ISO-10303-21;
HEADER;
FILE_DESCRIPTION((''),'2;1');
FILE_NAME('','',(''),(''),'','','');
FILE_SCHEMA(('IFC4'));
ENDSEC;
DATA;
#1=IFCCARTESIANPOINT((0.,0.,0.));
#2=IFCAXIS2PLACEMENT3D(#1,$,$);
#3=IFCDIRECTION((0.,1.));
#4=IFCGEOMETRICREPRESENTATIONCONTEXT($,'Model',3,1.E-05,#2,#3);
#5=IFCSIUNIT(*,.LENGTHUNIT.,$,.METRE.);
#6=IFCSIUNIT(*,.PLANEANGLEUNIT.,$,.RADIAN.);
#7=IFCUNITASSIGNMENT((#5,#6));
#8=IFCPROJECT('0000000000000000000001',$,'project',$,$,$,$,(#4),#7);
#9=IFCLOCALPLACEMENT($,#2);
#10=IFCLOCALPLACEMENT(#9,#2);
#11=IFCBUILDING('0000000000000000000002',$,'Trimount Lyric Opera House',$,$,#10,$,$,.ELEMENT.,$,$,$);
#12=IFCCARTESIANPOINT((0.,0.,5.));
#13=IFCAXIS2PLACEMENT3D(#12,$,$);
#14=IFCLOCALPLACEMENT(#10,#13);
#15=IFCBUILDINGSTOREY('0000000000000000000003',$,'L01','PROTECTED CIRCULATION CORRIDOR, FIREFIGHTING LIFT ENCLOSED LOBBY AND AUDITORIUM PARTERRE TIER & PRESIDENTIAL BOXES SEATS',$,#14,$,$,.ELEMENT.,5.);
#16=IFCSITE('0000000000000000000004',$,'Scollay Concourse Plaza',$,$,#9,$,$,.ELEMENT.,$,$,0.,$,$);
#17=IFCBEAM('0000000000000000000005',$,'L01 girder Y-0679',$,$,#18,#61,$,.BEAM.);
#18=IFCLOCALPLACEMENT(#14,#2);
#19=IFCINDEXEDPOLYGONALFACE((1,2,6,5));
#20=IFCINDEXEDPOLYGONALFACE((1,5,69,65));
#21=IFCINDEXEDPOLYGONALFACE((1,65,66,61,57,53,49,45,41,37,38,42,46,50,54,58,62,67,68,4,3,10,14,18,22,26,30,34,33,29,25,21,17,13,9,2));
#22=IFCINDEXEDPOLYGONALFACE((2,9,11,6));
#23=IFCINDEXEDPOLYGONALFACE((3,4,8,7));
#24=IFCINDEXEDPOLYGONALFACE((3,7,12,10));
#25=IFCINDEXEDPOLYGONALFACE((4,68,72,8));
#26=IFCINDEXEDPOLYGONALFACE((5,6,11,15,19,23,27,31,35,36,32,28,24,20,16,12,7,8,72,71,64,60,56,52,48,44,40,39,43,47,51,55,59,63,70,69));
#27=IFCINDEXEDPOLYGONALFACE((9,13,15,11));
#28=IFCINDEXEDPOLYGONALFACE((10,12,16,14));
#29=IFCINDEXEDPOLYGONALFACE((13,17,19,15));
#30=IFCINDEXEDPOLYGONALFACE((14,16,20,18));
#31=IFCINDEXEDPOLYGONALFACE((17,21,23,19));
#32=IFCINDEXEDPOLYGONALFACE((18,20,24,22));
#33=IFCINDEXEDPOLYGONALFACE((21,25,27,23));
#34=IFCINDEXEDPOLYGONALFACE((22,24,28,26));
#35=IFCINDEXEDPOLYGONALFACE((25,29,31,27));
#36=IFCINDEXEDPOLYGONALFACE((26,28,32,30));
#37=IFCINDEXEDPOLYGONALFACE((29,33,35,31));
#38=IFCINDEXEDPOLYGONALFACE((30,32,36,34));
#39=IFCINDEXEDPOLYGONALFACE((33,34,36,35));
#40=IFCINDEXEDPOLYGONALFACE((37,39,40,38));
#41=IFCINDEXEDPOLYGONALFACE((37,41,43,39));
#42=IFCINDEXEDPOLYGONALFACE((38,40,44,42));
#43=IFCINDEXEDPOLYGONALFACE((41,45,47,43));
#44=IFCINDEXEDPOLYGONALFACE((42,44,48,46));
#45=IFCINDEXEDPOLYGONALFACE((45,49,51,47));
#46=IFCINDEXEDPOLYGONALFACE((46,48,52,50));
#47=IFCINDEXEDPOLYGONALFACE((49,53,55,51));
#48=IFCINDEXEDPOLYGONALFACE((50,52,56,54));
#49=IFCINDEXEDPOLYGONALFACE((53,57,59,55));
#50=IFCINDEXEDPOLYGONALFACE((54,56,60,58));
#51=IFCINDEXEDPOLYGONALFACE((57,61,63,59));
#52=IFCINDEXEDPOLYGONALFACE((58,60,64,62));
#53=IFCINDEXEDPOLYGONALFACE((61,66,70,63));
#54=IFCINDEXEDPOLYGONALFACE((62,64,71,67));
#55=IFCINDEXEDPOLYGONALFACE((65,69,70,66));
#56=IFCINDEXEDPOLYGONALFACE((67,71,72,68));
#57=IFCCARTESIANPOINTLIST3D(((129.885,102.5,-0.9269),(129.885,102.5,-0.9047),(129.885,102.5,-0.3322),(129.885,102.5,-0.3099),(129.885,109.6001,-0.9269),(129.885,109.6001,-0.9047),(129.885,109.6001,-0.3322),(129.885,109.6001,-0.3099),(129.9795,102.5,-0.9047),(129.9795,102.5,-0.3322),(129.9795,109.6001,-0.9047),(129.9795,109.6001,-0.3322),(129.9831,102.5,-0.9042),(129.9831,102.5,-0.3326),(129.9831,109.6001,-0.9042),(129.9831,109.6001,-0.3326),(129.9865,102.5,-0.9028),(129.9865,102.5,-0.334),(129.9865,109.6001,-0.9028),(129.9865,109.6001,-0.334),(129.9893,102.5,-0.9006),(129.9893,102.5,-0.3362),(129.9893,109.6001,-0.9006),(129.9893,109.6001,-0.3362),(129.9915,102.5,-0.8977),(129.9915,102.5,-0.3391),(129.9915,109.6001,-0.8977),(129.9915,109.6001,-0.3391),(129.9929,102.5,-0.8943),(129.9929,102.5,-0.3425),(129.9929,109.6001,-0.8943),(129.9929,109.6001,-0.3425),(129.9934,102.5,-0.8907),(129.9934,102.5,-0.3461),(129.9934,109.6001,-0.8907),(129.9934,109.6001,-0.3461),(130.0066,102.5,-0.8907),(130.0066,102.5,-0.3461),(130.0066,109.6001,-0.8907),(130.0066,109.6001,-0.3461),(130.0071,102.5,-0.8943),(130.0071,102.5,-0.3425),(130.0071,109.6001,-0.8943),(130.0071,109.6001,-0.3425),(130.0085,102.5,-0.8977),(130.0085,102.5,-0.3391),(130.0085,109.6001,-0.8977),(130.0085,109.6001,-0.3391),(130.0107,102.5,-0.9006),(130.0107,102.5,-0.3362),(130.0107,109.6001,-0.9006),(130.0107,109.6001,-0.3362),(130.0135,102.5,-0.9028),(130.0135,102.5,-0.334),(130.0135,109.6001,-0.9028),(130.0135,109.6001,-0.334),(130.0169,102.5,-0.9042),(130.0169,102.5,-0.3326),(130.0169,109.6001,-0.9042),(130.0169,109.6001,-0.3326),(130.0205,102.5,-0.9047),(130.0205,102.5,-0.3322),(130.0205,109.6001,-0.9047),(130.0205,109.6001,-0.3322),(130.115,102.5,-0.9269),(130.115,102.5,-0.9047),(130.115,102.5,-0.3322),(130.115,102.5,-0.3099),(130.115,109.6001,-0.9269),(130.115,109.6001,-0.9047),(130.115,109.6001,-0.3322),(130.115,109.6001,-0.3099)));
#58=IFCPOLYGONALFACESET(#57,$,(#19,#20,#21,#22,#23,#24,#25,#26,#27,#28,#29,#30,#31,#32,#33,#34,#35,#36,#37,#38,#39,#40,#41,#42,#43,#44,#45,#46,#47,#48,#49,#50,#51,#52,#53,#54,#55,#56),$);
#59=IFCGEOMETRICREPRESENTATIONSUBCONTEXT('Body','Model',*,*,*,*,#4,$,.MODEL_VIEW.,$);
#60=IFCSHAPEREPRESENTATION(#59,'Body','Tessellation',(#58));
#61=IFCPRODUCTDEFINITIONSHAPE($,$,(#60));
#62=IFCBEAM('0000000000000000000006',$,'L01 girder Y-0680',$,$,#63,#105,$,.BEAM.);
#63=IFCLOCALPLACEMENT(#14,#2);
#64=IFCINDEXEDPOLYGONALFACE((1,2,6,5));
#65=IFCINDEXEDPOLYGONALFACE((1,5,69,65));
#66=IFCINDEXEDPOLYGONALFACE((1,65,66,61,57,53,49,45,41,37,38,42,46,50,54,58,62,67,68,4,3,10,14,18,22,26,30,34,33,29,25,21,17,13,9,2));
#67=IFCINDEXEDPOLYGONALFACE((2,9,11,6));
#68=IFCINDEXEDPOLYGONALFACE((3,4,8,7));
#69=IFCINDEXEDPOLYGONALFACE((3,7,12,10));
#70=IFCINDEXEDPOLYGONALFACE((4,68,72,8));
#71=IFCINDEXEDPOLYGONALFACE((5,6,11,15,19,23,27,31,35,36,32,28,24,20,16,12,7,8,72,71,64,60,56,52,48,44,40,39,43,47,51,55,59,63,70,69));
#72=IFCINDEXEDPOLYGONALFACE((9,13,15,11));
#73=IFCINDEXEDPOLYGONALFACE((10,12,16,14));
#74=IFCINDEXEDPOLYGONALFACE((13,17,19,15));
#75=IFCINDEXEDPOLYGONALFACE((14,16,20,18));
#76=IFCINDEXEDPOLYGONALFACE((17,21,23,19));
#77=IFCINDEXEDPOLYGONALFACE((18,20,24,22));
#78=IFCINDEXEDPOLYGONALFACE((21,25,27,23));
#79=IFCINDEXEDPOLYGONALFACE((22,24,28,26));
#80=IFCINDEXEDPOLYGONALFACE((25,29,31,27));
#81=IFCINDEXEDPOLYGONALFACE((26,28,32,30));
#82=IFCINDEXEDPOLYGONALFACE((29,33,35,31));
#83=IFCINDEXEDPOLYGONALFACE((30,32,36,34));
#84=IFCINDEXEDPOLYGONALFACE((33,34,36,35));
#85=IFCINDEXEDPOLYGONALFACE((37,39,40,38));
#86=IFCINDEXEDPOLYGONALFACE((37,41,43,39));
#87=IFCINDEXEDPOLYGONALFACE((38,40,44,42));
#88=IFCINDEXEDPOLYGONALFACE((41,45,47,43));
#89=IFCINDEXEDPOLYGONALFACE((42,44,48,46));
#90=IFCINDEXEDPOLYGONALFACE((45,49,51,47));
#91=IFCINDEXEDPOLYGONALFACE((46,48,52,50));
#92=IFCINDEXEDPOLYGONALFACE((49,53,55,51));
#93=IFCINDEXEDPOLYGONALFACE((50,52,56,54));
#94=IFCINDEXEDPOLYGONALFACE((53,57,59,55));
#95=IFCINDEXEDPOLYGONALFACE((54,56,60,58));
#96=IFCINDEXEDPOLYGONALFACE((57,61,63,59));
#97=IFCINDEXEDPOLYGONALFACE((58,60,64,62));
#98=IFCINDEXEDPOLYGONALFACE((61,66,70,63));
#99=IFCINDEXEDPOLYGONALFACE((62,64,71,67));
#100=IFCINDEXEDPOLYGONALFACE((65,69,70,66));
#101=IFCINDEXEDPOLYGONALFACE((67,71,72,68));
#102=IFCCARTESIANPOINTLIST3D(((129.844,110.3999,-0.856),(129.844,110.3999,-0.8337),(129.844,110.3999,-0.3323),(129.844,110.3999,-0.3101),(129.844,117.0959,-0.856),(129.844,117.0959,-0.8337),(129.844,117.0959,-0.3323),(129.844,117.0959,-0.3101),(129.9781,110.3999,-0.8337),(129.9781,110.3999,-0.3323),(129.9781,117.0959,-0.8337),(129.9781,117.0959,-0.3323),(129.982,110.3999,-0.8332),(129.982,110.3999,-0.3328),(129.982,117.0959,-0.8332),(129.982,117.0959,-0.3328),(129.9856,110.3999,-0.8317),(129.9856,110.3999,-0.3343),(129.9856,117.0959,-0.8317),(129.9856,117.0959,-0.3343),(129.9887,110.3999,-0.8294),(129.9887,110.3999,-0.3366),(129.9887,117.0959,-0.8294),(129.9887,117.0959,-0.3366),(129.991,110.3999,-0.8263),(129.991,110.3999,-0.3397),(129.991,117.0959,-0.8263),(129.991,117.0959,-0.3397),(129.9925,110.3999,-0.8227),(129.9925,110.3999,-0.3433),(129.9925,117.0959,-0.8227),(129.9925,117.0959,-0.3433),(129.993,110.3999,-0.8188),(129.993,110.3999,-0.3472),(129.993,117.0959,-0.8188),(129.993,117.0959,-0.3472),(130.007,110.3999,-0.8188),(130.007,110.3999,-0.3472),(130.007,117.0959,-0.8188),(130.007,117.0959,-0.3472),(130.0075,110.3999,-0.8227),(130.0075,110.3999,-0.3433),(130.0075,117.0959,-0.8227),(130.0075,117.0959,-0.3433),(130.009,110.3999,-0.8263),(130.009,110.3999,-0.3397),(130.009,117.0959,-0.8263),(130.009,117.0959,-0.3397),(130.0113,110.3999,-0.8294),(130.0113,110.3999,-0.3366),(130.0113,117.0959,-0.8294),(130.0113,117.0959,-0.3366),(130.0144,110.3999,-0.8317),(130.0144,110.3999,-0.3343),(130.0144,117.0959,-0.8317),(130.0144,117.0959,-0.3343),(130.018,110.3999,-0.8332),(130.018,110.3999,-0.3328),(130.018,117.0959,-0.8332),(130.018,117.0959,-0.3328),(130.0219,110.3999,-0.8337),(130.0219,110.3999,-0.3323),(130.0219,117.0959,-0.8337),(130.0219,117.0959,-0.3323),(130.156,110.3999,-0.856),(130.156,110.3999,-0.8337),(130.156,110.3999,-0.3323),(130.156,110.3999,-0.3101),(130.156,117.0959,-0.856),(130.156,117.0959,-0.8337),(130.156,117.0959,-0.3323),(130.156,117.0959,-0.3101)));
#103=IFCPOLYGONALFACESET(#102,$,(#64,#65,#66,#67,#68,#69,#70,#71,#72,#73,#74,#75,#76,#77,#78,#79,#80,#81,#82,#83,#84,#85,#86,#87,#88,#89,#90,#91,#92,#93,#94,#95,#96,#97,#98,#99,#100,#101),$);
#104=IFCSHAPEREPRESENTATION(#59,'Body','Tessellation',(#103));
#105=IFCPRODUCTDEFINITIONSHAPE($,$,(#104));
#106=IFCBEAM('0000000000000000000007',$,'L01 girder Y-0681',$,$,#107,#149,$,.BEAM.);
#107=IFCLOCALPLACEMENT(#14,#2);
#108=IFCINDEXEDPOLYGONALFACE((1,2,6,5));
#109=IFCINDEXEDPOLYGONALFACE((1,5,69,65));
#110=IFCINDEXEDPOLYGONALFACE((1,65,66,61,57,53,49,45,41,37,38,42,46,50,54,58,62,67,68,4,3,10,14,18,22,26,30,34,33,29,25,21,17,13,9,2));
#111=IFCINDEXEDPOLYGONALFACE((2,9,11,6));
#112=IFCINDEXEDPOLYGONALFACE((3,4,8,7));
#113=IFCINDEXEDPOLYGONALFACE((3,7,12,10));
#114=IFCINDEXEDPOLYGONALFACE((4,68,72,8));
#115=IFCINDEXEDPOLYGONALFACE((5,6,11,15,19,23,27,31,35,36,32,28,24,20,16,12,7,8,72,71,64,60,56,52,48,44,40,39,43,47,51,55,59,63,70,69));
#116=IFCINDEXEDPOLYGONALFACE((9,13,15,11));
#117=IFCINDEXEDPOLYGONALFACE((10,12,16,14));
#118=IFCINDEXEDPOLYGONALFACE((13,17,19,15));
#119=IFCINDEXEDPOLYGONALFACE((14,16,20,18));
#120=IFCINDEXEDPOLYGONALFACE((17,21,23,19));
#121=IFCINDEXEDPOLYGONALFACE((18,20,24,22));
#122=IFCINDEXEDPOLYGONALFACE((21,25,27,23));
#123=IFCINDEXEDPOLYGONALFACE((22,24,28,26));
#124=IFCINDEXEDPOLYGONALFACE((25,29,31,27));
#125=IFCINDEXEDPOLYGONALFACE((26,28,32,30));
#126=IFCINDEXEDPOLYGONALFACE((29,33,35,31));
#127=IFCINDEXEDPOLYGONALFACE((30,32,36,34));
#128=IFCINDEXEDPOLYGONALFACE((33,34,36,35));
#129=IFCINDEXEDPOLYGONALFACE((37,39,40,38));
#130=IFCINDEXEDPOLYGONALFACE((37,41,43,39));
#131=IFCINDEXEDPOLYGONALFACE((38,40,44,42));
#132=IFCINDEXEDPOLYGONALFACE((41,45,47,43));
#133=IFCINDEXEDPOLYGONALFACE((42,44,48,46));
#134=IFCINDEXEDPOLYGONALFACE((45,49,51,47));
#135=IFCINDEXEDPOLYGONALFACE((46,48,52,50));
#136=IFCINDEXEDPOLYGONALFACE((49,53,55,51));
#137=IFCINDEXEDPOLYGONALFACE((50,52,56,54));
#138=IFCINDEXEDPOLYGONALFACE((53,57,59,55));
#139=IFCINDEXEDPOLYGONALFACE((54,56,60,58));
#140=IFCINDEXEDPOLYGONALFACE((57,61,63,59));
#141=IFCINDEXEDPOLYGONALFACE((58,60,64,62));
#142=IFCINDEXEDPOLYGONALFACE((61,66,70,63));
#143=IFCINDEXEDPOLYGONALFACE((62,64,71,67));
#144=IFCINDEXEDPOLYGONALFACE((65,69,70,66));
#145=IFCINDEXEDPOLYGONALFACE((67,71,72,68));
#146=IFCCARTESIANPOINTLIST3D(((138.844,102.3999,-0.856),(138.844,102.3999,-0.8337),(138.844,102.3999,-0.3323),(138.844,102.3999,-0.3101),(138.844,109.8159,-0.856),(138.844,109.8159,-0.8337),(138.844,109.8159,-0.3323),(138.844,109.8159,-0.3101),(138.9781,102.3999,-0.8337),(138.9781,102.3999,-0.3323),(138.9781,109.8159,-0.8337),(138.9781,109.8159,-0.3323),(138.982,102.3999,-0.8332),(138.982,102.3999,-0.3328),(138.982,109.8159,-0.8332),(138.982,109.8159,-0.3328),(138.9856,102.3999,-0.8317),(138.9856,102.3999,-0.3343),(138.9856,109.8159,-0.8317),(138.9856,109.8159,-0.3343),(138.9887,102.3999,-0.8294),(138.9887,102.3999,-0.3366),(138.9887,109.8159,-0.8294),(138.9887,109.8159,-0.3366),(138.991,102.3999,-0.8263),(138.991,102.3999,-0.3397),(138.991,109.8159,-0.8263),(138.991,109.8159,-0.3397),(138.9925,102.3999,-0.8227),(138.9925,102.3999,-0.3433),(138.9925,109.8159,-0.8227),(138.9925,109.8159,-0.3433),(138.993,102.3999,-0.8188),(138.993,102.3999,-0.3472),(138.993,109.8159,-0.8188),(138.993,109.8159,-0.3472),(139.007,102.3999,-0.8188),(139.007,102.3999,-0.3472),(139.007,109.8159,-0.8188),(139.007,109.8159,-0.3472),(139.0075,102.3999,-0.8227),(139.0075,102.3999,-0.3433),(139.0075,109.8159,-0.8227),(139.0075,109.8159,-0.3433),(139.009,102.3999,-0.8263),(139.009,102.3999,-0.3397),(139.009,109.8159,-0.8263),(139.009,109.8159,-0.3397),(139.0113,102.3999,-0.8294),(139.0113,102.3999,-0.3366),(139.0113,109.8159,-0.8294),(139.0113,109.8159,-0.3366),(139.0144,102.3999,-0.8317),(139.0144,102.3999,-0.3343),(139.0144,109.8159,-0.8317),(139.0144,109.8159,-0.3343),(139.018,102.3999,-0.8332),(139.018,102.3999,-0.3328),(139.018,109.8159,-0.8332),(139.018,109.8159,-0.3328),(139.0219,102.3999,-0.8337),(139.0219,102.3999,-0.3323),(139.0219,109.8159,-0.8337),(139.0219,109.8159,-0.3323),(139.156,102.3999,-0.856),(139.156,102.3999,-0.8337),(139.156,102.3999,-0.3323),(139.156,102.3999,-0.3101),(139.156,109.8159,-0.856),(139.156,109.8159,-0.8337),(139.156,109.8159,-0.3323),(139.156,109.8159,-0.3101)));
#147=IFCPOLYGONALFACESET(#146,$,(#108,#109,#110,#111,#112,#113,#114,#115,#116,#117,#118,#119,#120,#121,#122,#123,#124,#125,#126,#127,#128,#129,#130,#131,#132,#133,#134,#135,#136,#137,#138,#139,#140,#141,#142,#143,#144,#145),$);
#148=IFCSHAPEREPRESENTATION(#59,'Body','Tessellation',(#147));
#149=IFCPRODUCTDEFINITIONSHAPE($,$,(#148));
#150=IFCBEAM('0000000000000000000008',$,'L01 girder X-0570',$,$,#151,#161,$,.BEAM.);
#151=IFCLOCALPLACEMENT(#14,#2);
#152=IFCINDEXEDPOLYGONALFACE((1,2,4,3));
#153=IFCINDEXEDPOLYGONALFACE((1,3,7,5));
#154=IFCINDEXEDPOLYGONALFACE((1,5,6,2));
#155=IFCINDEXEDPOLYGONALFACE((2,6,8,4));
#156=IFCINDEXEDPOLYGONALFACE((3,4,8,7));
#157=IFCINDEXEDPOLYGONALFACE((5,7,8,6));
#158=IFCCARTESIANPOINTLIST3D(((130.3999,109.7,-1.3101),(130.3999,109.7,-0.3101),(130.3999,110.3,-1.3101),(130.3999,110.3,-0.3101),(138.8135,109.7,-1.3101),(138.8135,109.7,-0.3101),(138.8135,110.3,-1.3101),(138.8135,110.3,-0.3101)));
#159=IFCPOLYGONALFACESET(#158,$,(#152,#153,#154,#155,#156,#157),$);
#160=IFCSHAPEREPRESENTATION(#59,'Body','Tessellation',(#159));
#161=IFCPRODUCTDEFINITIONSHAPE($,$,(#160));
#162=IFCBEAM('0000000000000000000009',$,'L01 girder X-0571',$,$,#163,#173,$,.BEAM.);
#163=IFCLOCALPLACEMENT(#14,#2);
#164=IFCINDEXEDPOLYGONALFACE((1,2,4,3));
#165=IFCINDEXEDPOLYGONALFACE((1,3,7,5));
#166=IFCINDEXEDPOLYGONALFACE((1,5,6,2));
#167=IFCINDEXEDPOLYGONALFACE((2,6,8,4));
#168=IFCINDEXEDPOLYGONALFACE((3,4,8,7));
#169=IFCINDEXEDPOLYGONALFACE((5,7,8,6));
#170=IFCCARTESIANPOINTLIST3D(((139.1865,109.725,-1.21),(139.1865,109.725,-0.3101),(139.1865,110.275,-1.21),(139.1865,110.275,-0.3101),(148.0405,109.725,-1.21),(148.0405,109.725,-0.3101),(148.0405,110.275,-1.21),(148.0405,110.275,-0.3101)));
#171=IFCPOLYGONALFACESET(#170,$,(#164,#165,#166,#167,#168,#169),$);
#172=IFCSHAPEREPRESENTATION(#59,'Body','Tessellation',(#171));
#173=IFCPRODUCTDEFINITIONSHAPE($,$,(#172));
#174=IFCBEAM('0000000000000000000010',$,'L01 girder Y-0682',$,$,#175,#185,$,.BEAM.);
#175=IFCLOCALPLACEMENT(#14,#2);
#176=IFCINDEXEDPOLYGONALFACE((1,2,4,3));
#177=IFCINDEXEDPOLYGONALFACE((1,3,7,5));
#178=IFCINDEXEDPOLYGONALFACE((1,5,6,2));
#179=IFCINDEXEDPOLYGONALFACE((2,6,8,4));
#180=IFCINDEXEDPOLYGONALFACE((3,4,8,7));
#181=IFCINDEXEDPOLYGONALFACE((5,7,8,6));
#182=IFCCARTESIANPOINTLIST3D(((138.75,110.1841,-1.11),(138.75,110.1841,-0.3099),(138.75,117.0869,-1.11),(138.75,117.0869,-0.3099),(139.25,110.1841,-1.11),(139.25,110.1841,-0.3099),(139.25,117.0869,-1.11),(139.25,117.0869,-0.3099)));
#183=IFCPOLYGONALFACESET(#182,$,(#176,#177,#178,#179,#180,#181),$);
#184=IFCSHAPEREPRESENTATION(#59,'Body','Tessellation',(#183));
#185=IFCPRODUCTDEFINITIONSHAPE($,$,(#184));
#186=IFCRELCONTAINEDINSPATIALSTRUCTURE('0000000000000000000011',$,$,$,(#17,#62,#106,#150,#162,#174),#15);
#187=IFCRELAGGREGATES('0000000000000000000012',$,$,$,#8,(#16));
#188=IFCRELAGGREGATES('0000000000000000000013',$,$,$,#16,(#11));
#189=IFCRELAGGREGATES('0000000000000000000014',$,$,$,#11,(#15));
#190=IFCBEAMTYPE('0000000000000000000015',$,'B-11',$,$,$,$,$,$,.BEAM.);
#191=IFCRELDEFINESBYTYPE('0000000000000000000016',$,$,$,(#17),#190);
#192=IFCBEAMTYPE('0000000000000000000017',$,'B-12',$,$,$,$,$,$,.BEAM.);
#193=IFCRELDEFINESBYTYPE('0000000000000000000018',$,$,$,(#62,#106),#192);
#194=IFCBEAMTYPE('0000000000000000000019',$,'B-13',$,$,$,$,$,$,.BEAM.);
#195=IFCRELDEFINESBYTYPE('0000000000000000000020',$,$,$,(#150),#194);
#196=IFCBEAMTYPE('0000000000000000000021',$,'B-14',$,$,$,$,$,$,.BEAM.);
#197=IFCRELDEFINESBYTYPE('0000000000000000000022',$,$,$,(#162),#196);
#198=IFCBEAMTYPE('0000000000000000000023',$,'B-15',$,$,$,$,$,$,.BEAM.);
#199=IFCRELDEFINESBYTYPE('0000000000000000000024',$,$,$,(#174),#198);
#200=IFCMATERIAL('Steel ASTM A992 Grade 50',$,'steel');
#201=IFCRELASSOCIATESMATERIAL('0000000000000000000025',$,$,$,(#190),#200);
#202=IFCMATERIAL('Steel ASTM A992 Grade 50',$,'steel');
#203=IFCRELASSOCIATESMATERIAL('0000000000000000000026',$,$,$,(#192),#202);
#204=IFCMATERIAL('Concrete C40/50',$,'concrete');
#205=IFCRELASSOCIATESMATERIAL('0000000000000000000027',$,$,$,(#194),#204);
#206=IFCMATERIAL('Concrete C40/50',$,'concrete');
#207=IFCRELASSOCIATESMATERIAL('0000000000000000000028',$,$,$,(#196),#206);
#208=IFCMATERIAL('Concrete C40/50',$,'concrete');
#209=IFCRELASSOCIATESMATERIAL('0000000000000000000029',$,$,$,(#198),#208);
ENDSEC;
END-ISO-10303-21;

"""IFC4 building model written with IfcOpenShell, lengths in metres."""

from ifc_helpers import new_model, si_unit, direction, frame, origin, origin_2d, place, context, subcontext, project, spatial, rectangle, i_section, extrude, material, material_profile, profile_set, type_object, element, save


model = new_model("IFC4")

# Units and contexts
model_context = context("Model", 3, precision=1e-05, world=origin(), true_north=direction((0.0, 1.0)))
body_context = subcontext(model_context, "Body", "Model", "MODEL_VIEW")
ifc_project = project(units=[si_unit("LENGTHUNIT", "METRE"), si_unit("PLANEANGLEUNIT", "RADIAN")], contexts=[model_context])

# Site, building, storey
site_placement = place(None, origin())
site = spatial("IfcSite", under=ifc_project, at=site_placement, Name="Scollay Concourse Plaza", CompositionType="ELEMENT", RefElevation=0.0)
building_placement = place(site_placement, origin())
building = spatial("IfcBuilding", under=site, at=building_placement, Name="Trimount Lyric Opera House", CompositionType="ELEMENT")
storey_placement = place(building_placement, frame((0.0, 0.0, 5.0)))
storey = spatial("IfcBuildingStorey", under=building, at=storey_placement, Name="L01", Description="PROTECTED CIRCULATION CORRIDOR, FIREFIGHTING LIFT ENCLOSED LOBBY AND AUDITORIUM PARTERRE TIER & PRESIDENTIAL BOXES SEATS", CompositionType="ELEMENT", Elevation=5.0)

# Beams
ifc_material_1 = material(Name="Steel ASTM A992 Grade 50", Category="steel")
ifc_material_profile_1 = material_profile(ifc_material_1, i_section(OverallWidth=0.23, OverallDepth=0.6169, WebThickness=0.0132, FlangeThickness=0.0222, FilletRadius=0.0139, at=origin_2d()), Name="W24X94")
ifc_profile_set_1 = profile_set([ifc_material_profile_1], Name="Steel ASTM A992 Grade 50")
beam_type_1 = type_object("IfcBeamType", Name="B-11", PredefinedType="BEAM", material=ifc_profile_set_1)
beam_1_placement = place(storey_placement, frame((130.0, 102.5, -0.6184), z_axis=(0.0, 1.0, 0.0), x_axis=(-1.0, 0.0, 0.0)))
element("IfcBeam", 1, at=beam_1_placement, inside=storey, type_object=beam_type_1, Name="L01 girder Y-0679", PredefinedType="BEAM", context=body_context, shape_type="SweptSolid", body=[
    extrude(i_section(OverallWidth=0.23, OverallDepth=0.6169, WebThickness=0.0132, FlangeThickness=0.0222, FilletRadius=0.0139, at=origin_2d()), origin(), (0.0, 0.0, 1.0), 7.1001),
])
ifc_material_2 = material(Name="Steel ASTM A992 Grade 50", Category="steel")
ifc_material_profile_2 = material_profile(ifc_material_2, i_section(OverallWidth=0.312, OverallDepth=0.5459, WebThickness=0.0139, FlangeThickness=0.0222, FilletRadius=0.0149, at=origin_2d()), Name="W21X111")
ifc_profile_set_2 = profile_set([ifc_material_profile_2], Name="Steel ASTM A992 Grade 50")
beam_type_2 = type_object("IfcBeamType", Name="B-12", PredefinedType="BEAM", material=ifc_profile_set_2)
beam_2_placement = place(storey_placement, frame((130.0, 110.3999, -0.583), z_axis=(0.0, 1.0, 0.0), x_axis=(-1.0, 0.0, 0.0)))
element("IfcBeam", 2, at=beam_2_placement, inside=storey, type_object=beam_type_2, Name="L01 girder Y-0680", PredefinedType="BEAM", context=body_context, shape_type="SweptSolid", body=[
    extrude(i_section(OverallWidth=0.312, OverallDepth=0.5459, WebThickness=0.0139, FlangeThickness=0.0222, FilletRadius=0.0149, at=origin_2d()), origin(), (0.0, 0.0, 1.0), 6.696),
])
beam_3_placement = place(storey_placement, frame((139.0, 102.3999, -0.583), z_axis=(0.0, 1.0, 0.0), x_axis=(-1.0, 0.0, 0.0)))
element("IfcBeam", 3, at=beam_3_placement, inside=storey, type_object=beam_type_2, Name="L01 girder Y-0681", PredefinedType="BEAM", context=body_context, shape_type="SweptSolid", body=[
    extrude(i_section(OverallWidth=0.312, OverallDepth=0.5459, WebThickness=0.0139, FlangeThickness=0.0222, FilletRadius=0.0149, at=origin_2d()), origin(), (0.0, 0.0, 1.0), 7.416),
])
ifc_material_3 = material(Name="Concrete C40/50", Category="concrete")
ifc_material_profile_3 = material_profile(ifc_material_3, rectangle(XDim=0.6001, YDim=1.0, at=origin_2d()), Name="RC600X1000")
ifc_profile_set_3 = profile_set([ifc_material_profile_3], Name="Concrete C40/50")
beam_type_3 = type_object("IfcBeamType", Name="B-13", PredefinedType="BEAM", material=ifc_profile_set_3)
beam_4_placement = place(storey_placement, frame((130.3999, 110.0, -0.8101), z_axis=(1.0, 0.0, 0.0), x_axis=(0.0, 1.0, 0.0)))
element("IfcBeam", 4, at=beam_4_placement, inside=storey, type_object=beam_type_3, Name="L01 girder X-0570", PredefinedType="BEAM", context=body_context, shape_type="SweptSolid", body=[
    extrude(rectangle(XDim=0.6001, YDim=1.0, at=origin_2d()), origin(), (0.0, 0.0, 1.0), 8.4136),
])
ifc_material_4 = material(Name="Concrete C40/50", Category="concrete")
ifc_material_profile_4 = material_profile(ifc_material_4, rectangle(XDim=0.55, YDim=0.8999, at=origin_2d()), Name="RC550X900")
ifc_profile_set_4 = profile_set([ifc_material_profile_4], Name="Concrete C40/50")
beam_type_4 = type_object("IfcBeamType", Name="B-14", PredefinedType="BEAM", material=ifc_profile_set_4)
beam_5_placement = place(storey_placement, frame((139.1865, 110.0, -0.76), z_axis=(1.0, 0.0, 0.0), x_axis=(0.0, 1.0, 0.0)))
element("IfcBeam", 5, at=beam_5_placement, inside=storey, type_object=beam_type_4, Name="L01 girder X-0571", PredefinedType="BEAM", context=body_context, shape_type="SweptSolid", body=[
    extrude(rectangle(XDim=0.55, YDim=0.8999, at=origin_2d()), origin(), (0.0, 0.0, 1.0), 8.854),
])
ifc_material_5 = material(Name="Concrete C40/50", Category="concrete")
ifc_material_profile_5 = material_profile(ifc_material_5, rectangle(XDim=0.5, YDim=0.8, at=origin_2d()), Name="RC500X800")
ifc_profile_set_5 = profile_set([ifc_material_profile_5], Name="Concrete C40/50")
beam_type_5 = type_object("IfcBeamType", Name="B-15", PredefinedType="BEAM", material=ifc_profile_set_5)
beam_6_placement = place(storey_placement, frame((139.0, 110.1841, -0.71), z_axis=(0.0, 1.0, 0.0), x_axis=(-1.0, 0.0, 0.0)))
element("IfcBeam", 6, at=beam_6_placement, inside=storey, type_object=beam_type_5, Name="L01 girder Y-0682", PredefinedType="BEAM", context=body_context, shape_type="SweptSolid", body=[
    extrude(rectangle(XDim=0.5, YDim=0.8, at=origin_2d()), origin(), (0.0, 0.0, 1.0), 6.9028),
])

save(model, "model.ifc")
